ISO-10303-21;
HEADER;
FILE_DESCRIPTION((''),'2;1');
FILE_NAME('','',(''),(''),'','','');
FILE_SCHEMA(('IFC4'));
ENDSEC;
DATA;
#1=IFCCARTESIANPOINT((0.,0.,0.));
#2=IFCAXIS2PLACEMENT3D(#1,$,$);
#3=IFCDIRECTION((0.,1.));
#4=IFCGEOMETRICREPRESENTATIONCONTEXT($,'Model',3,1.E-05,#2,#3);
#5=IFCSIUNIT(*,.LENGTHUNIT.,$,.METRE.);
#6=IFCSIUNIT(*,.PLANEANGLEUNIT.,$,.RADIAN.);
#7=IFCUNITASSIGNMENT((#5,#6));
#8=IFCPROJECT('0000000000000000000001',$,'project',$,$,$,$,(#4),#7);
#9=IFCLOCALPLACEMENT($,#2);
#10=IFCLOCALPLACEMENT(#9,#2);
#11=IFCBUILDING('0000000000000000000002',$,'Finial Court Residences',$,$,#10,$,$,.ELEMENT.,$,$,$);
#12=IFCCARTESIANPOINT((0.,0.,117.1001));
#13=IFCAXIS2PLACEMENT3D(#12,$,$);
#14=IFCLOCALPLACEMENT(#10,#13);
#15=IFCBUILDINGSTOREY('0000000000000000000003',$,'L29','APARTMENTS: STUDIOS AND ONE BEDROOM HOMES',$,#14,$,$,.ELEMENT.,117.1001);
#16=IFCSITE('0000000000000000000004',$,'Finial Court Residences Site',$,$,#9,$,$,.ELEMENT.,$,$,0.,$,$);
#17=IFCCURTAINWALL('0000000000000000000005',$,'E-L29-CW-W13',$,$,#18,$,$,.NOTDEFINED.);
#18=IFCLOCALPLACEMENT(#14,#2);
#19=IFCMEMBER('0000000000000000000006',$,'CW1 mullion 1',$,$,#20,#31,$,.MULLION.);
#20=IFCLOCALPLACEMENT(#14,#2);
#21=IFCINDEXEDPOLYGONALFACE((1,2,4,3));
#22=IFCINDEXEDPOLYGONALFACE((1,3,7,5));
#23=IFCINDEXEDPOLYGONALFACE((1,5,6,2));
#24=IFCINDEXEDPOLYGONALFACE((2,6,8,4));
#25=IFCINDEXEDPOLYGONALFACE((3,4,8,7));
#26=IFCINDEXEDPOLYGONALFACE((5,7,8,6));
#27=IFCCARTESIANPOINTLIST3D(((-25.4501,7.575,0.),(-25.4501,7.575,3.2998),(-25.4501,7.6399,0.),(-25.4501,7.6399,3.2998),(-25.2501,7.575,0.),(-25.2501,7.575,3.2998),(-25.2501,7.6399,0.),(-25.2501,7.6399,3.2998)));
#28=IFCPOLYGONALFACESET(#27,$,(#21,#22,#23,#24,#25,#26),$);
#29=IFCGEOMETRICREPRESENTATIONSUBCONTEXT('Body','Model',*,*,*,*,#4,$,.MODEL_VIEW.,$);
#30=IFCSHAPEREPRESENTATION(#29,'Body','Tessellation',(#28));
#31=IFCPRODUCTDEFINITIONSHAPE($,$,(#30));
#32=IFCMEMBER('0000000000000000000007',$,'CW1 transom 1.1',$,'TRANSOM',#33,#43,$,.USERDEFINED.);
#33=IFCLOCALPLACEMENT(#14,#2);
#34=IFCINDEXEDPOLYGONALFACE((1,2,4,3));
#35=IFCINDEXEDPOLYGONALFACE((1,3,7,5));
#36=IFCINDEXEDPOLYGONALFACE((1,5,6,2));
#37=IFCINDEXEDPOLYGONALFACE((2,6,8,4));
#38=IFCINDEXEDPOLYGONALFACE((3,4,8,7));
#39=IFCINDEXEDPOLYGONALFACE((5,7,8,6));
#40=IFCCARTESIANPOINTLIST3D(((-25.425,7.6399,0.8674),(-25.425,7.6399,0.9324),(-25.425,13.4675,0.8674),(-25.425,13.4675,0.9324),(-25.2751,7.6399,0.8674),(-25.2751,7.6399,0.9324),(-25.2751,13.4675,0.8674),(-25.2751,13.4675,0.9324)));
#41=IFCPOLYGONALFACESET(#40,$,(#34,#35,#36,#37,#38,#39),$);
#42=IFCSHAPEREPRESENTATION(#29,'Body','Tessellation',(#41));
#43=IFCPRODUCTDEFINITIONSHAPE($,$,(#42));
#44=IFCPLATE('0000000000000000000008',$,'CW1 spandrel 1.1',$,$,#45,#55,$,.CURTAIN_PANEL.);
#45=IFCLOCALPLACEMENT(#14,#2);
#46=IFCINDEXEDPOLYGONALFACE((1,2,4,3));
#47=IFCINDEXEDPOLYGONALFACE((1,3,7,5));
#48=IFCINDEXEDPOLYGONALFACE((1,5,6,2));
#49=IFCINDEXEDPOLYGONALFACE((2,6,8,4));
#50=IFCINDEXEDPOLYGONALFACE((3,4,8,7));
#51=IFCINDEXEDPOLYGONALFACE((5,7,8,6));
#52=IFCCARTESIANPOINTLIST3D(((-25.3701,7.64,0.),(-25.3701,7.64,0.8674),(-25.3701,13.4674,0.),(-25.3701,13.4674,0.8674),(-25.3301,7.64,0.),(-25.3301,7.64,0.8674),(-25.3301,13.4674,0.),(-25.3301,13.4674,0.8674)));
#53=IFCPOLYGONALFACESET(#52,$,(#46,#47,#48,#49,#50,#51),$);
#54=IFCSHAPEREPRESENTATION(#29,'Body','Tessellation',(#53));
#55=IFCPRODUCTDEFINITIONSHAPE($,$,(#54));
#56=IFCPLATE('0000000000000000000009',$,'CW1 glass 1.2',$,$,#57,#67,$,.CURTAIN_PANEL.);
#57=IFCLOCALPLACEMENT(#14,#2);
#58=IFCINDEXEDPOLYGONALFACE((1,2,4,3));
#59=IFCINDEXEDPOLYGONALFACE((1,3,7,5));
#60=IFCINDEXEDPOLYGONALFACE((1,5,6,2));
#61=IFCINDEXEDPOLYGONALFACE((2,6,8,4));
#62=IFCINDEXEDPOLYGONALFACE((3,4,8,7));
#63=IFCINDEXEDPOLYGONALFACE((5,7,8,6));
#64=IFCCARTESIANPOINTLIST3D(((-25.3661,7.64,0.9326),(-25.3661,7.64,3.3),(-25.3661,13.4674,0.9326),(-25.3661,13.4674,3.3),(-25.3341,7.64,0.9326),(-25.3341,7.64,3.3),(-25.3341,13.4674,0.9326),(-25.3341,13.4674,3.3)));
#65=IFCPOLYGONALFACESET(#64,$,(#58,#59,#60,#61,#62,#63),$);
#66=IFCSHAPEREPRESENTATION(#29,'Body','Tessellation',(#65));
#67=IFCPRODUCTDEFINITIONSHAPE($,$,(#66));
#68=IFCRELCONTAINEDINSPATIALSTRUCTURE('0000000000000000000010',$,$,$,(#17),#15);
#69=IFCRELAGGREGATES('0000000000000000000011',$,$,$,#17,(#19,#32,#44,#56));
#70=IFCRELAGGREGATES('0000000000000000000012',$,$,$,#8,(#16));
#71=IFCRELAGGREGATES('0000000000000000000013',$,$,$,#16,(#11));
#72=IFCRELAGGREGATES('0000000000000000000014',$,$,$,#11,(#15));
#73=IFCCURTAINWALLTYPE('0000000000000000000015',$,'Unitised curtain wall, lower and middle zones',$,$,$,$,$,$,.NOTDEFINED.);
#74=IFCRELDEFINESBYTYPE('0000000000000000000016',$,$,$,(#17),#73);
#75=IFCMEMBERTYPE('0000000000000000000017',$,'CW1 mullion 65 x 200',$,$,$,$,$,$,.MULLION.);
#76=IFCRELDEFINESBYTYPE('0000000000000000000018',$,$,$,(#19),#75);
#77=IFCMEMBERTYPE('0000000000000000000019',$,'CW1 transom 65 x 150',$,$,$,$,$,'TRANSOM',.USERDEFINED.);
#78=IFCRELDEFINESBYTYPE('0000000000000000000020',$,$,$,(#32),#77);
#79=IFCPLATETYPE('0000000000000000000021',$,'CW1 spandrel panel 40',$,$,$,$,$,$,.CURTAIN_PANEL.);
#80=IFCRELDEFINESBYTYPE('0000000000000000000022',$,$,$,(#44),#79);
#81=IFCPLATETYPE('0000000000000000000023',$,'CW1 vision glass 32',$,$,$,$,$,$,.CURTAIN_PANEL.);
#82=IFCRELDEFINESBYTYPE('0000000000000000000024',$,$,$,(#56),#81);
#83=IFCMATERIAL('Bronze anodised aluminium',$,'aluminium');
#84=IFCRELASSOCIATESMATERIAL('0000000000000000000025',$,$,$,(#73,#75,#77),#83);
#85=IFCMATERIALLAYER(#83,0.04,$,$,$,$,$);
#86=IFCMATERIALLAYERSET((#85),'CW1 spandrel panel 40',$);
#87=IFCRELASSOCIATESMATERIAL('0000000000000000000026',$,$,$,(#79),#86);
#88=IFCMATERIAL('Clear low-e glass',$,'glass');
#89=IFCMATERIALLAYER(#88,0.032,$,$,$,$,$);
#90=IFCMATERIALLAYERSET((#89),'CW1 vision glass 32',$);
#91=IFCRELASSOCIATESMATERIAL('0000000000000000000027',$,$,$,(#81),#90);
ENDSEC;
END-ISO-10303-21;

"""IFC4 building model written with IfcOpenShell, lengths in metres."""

from ifc_helpers import new_model, si_unit, direction, frame, origin, origin_2d, place, context, subcontext, project, spatial, rectangle, extrude, material, layer, layer_set, material_profile, profile_set, type_object, element, aggregate, save


model = new_model("IFC4")

# Units and contexts
model_context = context("Model", 3, precision=1e-05, world=origin(), true_north=direction((0.0, 1.0)))
body_context = subcontext(model_context, "Body", "Model", "MODEL_VIEW")
ifc_project = project(units=[si_unit("LENGTHUNIT", "METRE"), si_unit("PLANEANGLEUNIT", "RADIAN")], contexts=[model_context])

# Site, building, storey
site_placement = place(None, origin())
site = spatial("IfcSite", under=ifc_project, at=site_placement, Name="Finial Court Residences Site", CompositionType="ELEMENT", RefElevation=0.0)
building_placement = place(site_placement, origin())
building = spatial("IfcBuilding", under=site, at=building_placement, Name="Finial Court Residences", CompositionType="ELEMENT")
storey_placement = place(building_placement, frame((0.0, 0.0, 117.1001)))
storey = spatial("IfcBuildingStorey", under=building, at=storey_placement, Name="L29", Description="APARTMENTS: STUDIOS AND ONE BEDROOM HOMES", CompositionType="ELEMENT", Elevation=117.1001)

# Curtain wall, members, plates
ifc_material_1 = material(Name="Bronze anodised aluminium", Category="aluminium")
curtain_wall_type = type_object("IfcCurtainWallType", Name="Unitised curtain wall, lower and middle zones", PredefinedType="NOTDEFINED", material=ifc_material_1)
curtain_wall_placement = place(storey_placement, origin())
curtain_wall = element("IfcCurtainWall", 1, at=curtain_wall_placement, inside=storey, type_object=curtain_wall_type, Name="E-L29-CW-W13", PredefinedType="NOTDEFINED")
ifc_material_profile_1 = material_profile(ifc_material_1, rectangle(XDim=0.2, YDim=0.0649, at=origin_2d()), Name="CW1 mullion 65 x 200")
ifc_profile_set_1 = profile_set([ifc_material_profile_1], Name="Bronze anodised aluminium")
member_type_1 = type_object("IfcMemberType", Name="CW1 mullion 65 x 200", PredefinedType="MULLION", material=ifc_profile_set_1)
member_1_placement = place(storey_placement, frame((-25.3501, 7.6074, 0.0), z_axis=(0.0, 0.0, 1.0), x_axis=(-1.0, 0.0, 0.0)))
member_1 = element("IfcMember", 2, at=member_1_placement, type_object=member_type_1, Name="CW1 mullion 1", PredefinedType="MULLION", context=body_context, shape_type="SweptSolid", body=[
    extrude(rectangle(XDim=0.2, YDim=0.0649, at=origin_2d()), origin(), (0.0, 0.0, 1.0), 3.2998),
])
ifc_material_profile_2 = material_profile(ifc_material_1, rectangle(XDim=0.1499, YDim=0.0649, at=origin_2d()), Name="CW1 transom 65 x 150")
ifc_profile_set_2 = profile_set([ifc_material_profile_2], Name="Bronze anodised aluminium")
member_type_2 = type_object("IfcMemberType", Name="CW1 transom 65 x 150", ElementType="TRANSOM", PredefinedType="USERDEFINED", material=ifc_profile_set_2)
member_2_placement = place(storey_placement, frame((-25.3501, 7.6399, 0.8999), z_axis=(0.0, 1.0, 0.0), x_axis=(-1.0, 0.0, 0.0)))
member_2 = element("IfcMember", 3, at=member_2_placement, type_object=member_type_2, Name="CW1 transom 1.1", ObjectType="TRANSOM", PredefinedType="USERDEFINED", context=body_context, shape_type="SweptSolid", body=[
    extrude(rectangle(XDim=0.1499, YDim=0.0649, at=origin_2d()), origin(), (0.0, 0.0, 1.0), 5.8276),
])
ifc_layer_1 = layer(ifc_material_1, 0.04)
ifc_layer_set_1 = layer_set([ifc_layer_1], Name="CW1 spandrel panel 40")
plate_type_1 = type_object("IfcPlateType", Name="CW1 spandrel panel 40", PredefinedType="CURTAIN_PANEL", material=ifc_layer_set_1)
plate_1_placement = place(storey_placement, frame((-25.3501, 10.5537, 0.0), z_axis=(0.0, 0.0, 1.0), x_axis=(0.0, 1.0, 0.0)))
plate_1 = element("IfcPlate", 4, at=plate_1_placement, type_object=plate_type_1, Name="CW1 spandrel 1.1", PredefinedType="CURTAIN_PANEL", context=body_context, shape_type="SweptSolid", body=[
    extrude(rectangle(XDim=5.8274, YDim=0.04, at=origin_2d()), origin(), (0.0, 0.0, 1.0), 0.8674),
])
ifc_material_2 = material(Name="Clear low-e glass", Category="glass")
ifc_layer_2 = layer(ifc_material_2, 0.032)
ifc_layer_set_2 = layer_set([ifc_layer_2], Name="CW1 vision glass 32")
plate_type_2 = type_object("IfcPlateType", Name="CW1 vision glass 32", PredefinedType="CURTAIN_PANEL", material=ifc_layer_set_2)
plate_2_placement = place(storey_placement, frame((-25.3501, 10.5537, 0.9326), z_axis=(0.0, 0.0, 1.0), x_axis=(0.0, 1.0, 0.0)))
plate_2 = element("IfcPlate", 5, at=plate_2_placement, type_object=plate_type_2, Name="CW1 glass 1.2", PredefinedType="CURTAIN_PANEL", context=body_context, shape_type="SweptSolid", body=[
    extrude(rectangle(XDim=5.8274, YDim=0.032, at=origin_2d()), origin(), (0.0, 0.0, 1.0), 2.3674),
])
aggregate(curtain_wall, [member_1, member_2, plate_1, plate_2])

save(model, "model.ifc")
